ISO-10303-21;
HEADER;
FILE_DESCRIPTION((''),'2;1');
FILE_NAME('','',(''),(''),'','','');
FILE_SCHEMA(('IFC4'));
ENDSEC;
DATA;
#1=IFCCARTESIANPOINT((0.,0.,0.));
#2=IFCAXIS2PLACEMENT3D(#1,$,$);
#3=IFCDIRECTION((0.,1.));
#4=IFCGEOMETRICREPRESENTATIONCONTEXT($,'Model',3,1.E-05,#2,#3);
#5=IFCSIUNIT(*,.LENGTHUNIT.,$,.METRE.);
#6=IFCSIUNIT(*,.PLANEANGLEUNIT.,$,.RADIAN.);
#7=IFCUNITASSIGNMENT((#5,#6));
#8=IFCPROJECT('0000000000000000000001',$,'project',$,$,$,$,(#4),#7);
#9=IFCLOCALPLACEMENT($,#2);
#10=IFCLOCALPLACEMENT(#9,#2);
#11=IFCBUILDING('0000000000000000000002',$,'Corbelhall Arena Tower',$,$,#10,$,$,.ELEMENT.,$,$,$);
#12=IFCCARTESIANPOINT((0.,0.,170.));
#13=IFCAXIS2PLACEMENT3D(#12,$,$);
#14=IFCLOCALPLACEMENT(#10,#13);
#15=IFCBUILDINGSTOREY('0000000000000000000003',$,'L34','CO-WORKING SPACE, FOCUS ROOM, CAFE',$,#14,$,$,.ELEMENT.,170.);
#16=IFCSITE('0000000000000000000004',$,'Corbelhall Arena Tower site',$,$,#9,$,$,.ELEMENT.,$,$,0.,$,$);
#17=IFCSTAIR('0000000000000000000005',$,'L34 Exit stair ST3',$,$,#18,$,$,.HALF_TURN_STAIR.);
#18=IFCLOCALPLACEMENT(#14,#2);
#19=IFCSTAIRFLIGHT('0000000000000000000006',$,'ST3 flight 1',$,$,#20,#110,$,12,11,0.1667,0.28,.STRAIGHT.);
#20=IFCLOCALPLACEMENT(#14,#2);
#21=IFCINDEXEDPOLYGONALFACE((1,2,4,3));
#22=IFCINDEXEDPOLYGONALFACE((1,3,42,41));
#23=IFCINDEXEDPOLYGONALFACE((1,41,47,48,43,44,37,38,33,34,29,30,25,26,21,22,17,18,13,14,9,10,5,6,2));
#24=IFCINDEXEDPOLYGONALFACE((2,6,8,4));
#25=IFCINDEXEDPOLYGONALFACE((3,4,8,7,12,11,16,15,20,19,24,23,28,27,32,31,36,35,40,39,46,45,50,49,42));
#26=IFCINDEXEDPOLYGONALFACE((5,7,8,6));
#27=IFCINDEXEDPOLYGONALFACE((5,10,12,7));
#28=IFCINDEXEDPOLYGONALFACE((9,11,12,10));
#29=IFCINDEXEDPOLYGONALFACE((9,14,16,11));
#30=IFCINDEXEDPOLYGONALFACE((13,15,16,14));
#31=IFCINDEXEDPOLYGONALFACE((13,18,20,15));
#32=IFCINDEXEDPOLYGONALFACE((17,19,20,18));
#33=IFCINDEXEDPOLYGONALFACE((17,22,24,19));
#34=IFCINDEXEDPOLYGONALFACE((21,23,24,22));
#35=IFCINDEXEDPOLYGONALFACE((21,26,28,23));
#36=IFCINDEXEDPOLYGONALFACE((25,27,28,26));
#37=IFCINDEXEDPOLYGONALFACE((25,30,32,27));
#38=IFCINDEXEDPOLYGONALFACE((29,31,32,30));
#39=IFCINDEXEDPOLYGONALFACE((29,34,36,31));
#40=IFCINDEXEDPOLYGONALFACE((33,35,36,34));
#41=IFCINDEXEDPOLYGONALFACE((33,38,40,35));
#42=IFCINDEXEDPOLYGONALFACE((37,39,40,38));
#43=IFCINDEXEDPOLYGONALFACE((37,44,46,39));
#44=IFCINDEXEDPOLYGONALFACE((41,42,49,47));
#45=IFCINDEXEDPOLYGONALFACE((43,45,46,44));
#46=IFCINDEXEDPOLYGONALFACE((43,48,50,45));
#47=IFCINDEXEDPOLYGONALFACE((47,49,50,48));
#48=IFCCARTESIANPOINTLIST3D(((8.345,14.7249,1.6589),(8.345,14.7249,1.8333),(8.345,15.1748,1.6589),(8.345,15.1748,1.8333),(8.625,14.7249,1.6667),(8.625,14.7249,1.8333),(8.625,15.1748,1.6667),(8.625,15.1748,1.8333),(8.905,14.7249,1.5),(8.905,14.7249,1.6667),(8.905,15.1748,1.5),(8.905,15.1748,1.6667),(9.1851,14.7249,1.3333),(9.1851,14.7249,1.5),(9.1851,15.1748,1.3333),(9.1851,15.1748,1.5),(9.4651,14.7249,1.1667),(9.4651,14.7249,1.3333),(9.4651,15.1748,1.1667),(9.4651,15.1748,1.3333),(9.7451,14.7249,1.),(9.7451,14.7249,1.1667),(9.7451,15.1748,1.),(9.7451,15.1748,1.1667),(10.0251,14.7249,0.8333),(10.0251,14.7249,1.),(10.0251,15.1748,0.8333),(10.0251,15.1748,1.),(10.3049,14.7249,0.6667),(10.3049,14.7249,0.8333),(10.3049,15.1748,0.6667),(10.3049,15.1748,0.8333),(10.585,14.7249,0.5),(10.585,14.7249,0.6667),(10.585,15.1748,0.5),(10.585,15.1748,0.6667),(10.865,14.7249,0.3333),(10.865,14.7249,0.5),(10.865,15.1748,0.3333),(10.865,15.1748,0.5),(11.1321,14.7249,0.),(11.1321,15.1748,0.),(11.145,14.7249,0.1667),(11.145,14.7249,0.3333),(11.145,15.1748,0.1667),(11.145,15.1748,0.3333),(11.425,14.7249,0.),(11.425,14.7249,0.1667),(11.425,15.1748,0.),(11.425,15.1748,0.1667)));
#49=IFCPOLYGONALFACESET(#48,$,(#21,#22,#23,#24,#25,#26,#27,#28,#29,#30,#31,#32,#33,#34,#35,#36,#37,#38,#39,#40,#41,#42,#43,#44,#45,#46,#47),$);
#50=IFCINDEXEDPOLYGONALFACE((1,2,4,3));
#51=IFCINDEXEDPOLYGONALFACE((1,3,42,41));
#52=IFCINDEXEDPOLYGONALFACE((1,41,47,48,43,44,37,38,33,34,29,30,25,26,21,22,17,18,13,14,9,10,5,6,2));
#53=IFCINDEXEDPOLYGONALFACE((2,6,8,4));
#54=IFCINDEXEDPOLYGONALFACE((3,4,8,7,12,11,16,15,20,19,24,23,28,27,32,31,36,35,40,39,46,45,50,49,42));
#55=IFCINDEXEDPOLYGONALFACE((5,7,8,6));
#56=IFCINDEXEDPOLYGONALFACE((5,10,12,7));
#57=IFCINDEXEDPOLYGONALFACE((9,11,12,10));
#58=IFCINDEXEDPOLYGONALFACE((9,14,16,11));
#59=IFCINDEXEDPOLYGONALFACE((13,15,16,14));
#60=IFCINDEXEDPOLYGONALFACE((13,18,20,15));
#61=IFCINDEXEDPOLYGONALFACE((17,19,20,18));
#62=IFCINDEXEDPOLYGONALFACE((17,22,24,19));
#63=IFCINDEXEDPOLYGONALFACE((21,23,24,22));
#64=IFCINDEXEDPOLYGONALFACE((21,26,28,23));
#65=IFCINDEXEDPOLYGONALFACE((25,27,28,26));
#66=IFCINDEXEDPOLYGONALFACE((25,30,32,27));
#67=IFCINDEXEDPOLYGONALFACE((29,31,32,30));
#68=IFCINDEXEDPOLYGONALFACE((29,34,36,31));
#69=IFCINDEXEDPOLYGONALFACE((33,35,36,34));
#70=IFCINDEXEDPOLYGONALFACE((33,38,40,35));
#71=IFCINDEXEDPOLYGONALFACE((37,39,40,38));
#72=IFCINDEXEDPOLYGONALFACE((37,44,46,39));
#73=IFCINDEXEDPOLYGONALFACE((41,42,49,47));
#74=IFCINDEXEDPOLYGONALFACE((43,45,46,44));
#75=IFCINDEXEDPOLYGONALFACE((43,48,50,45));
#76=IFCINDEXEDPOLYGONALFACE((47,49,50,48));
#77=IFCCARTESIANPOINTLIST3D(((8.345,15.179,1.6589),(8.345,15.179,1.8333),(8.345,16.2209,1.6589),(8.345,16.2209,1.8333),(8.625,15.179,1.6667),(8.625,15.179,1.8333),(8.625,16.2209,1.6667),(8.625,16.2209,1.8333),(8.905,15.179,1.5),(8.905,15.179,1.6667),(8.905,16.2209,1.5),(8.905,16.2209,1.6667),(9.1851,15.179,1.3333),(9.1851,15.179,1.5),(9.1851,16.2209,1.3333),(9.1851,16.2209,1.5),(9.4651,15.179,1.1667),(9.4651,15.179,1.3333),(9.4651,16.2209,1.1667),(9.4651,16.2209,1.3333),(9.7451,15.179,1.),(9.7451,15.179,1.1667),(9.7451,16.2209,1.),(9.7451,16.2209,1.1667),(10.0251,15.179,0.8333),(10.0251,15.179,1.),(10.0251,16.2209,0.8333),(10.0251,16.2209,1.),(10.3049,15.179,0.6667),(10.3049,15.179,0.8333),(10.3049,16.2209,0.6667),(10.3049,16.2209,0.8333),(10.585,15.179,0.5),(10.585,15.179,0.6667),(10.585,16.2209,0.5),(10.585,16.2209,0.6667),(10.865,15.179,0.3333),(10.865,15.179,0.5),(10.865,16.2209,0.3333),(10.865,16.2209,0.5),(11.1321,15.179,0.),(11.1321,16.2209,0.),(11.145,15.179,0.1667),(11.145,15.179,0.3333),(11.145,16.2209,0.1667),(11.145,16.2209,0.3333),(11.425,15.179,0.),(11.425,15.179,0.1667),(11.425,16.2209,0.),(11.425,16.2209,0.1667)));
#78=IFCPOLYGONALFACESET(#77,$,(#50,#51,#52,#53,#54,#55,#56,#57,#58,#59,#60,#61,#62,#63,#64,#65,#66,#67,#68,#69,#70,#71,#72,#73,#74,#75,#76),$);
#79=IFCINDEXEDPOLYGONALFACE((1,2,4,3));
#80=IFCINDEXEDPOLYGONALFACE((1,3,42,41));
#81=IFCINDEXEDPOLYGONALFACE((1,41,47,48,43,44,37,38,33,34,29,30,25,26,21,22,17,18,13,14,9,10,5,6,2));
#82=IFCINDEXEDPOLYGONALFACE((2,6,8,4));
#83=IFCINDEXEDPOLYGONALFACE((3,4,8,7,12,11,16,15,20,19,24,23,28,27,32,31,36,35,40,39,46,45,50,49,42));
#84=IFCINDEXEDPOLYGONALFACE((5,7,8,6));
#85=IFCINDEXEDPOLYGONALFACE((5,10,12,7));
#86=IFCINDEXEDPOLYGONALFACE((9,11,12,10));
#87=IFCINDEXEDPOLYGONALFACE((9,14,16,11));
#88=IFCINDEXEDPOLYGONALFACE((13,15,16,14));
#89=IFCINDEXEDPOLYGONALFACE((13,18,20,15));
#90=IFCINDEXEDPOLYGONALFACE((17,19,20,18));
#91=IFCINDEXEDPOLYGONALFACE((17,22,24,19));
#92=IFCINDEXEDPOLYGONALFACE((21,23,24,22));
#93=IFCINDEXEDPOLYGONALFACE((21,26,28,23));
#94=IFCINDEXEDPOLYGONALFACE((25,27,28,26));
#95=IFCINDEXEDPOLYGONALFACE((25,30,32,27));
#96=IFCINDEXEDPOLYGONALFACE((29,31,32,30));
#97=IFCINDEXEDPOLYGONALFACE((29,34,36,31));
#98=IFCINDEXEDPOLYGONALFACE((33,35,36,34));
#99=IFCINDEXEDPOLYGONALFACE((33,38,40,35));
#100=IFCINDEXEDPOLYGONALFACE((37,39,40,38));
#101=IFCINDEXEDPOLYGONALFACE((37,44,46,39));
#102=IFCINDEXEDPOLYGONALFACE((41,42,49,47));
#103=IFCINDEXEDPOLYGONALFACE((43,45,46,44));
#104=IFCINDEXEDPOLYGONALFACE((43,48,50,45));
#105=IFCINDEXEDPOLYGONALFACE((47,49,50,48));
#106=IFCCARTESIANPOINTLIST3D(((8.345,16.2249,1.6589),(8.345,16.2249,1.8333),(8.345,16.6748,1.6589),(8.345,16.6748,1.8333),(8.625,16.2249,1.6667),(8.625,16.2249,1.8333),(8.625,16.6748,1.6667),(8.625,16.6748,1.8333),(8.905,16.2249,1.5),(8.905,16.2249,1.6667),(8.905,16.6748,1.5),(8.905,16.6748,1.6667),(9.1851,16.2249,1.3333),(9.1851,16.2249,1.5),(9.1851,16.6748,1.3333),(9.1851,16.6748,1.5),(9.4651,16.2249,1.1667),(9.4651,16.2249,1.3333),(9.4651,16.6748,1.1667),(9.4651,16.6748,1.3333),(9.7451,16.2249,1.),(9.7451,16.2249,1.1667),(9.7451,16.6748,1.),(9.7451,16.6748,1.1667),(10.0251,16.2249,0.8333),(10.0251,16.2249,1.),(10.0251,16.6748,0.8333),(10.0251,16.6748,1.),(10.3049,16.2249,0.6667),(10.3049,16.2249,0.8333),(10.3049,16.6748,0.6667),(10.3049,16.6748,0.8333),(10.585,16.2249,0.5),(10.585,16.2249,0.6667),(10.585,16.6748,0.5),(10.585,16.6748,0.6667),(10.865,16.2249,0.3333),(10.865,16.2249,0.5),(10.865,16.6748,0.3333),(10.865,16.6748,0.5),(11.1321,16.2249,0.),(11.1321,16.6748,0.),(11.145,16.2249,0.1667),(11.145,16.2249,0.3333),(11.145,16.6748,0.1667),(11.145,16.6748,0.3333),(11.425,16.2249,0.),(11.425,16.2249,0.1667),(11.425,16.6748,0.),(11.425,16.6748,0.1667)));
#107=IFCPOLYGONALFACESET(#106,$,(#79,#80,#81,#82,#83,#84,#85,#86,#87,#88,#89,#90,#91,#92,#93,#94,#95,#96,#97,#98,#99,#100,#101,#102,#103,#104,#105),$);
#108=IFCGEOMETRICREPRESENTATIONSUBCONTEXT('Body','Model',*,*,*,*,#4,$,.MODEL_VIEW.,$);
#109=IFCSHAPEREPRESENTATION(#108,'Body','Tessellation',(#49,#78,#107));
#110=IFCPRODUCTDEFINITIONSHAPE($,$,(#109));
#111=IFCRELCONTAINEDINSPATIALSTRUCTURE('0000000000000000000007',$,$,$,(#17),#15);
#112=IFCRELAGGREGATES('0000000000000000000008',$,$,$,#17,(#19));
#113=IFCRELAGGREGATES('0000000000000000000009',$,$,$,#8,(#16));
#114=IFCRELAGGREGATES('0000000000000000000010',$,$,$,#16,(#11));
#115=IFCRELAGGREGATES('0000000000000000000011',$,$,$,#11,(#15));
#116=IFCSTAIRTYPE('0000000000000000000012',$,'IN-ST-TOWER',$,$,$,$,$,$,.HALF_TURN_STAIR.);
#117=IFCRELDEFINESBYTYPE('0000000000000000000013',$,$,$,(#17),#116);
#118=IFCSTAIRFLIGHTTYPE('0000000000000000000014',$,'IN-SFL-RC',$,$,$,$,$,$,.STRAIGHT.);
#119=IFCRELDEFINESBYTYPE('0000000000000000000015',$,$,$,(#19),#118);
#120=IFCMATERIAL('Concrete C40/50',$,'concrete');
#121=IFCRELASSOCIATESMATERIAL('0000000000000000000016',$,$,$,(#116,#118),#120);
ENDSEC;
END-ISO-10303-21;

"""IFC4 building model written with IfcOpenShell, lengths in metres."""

from ifc_helpers import new_model, si_unit, direction, frame, origin, place, context, subcontext, project, spatial, polyline, outline, extrude, material, type_object, element, aggregate, save


model = new_model("IFC4")

# Units and contexts
model_context = context("Model", 3, precision=1e-05, world=origin(), true_north=direction((0.0, 1.0)))
body_context = subcontext(model_context, "Body", "Model", "MODEL_VIEW")
ifc_project = project(units=[si_unit("LENGTHUNIT", "METRE"), si_unit("PLANEANGLEUNIT", "RADIAN")], contexts=[model_context])

# Site, building, storey
site_placement = place(None, origin())
site = spatial("IfcSite", under=ifc_project, at=site_placement, Name="Corbelhall Arena Tower site", CompositionType="ELEMENT", RefElevation=0.0)
building_placement = place(site_placement, origin())
building = spatial("IfcBuilding", under=site, at=building_placement, Name="Corbelhall Arena Tower", CompositionType="ELEMENT")
storey_placement = place(building_placement, frame((0.0, 0.0, 170.0)))
storey = spatial("IfcBuildingStorey", under=building, at=storey_placement, Name="L34", Description="CO-WORKING SPACE, FOCUS ROOM, CAFE", CompositionType="ELEMENT", Elevation=170.0)

# Shared definitions
ifc_material_1 = material(Name="Concrete C40/50", Category="concrete")

# Stair, stair flight
stair_type = type_object("IfcStairType", Name="IN-ST-TOWER", PredefinedType="HALF_TURN_STAIR", material=ifc_material_1)
stair_placement = place(storey_placement, origin())
stair = element("IfcStair", 1, at=stair_placement, inside=storey, type_object=stair_type, Name="L34 Exit stair ST3", PredefinedType="HALF_TURN_STAIR")
stair_flight_type = type_object("IfcStairFlightType", Name="IN-SFL-RC", PredefinedType="STRAIGHT", material=ifc_material_1)
stair_flight_1_placement = place(storey_placement, frame((11.425, 15.7, 0.0), z_axis=(0.0, 0.0, 1.0), x_axis=(-1.0, 0.0, 0.0)))
stair_flight_1 = element("IfcStairFlight", 2, at=stair_flight_1_placement, type_object=stair_flight_type, Name="ST3 flight 1", NumberOfRisers=12, NumberOfTreads=11, PredefinedType="STRAIGHT", RiserHeight=0.1667, TreadLength=0.28, context=body_context, shape_type="SweptSolid", body=[
    extrude(outline(polyline([(0.0, 0.0), (0.0, 0.1667), (0.28, 0.1667), (0.28, 0.3333), (0.5601, 0.3333), (0.5601, 0.5), (0.8401, 0.5), (0.8401, 0.6667), (1.1201, 0.6667), (1.1201, 0.8333), (1.3999, 0.8333), (1.3999, 1.0), (1.6799, 1.0), (1.6799, 1.1667), (1.96, 1.1667), (1.96, 1.3333), (2.24, 1.3333), (2.24, 1.5), (2.52, 1.5), (2.52, 1.6667), (2.8, 1.6667), (2.8, 1.8333), (3.0801, 1.8333), (3.0801, 2.0), (3.0801, 1.6589), (0.293, 0.0), (0.0, 0.0)])), frame((0.0, 0.9751, 0.0), z_axis=(0.0, -1.0, 0.0), x_axis=(1.0, 0.0, 0.0)), (0.0, 0.0, 1.0), 0.45),
    extrude(outline(polyline([(0.0, 0.0), (0.0, 0.1667), (0.28, 0.1667), (0.28, 0.3333), (0.5601, 0.3333), (0.5601, 0.5), (0.8401, 0.5), (0.8401, 0.6667), (1.1201, 0.6667), (1.1201, 0.8333), (1.3999, 0.8333), (1.3999, 1.0), (1.6799, 1.0), (1.6799, 1.1667), (1.96, 1.1667), (1.96, 1.3333), (2.24, 1.3333), (2.24, 1.5), (2.52, 1.5), (2.52, 1.6667), (2.8, 1.6667), (2.8, 1.8333), (3.0801, 1.8333), (3.0801, 2.0), (3.0801, 1.6589), (0.293, 0.0), (0.0, 0.0)])), frame((0.0, 0.521, 0.0), z_axis=(0.0, -1.0, 0.0), x_axis=(1.0, 0.0, 0.0)), (0.0, 0.0, 1.0), 1.042),
    extrude(outline(polyline([(0.0, 0.0), (0.0, 0.1667), (0.28, 0.1667), (0.28, 0.3333), (0.5601, 0.3333), (0.5601, 0.5), (0.8401, 0.5), (0.8401, 0.6667), (1.1201, 0.6667), (1.1201, 0.8333), (1.3999, 0.8333), (1.3999, 1.0), (1.6799, 1.0), (1.6799, 1.1667), (1.96, 1.1667), (1.96, 1.3333), (2.24, 1.3333), (2.24, 1.5), (2.52, 1.5), (2.52, 1.6667), (2.8, 1.6667), (2.8, 1.8333), (3.0801, 1.8333), (3.0801, 2.0), (3.0801, 1.6589), (0.293, 0.0), (0.0, 0.0)])), frame((0.0, -0.5249, 0.0), z_axis=(0.0, -1.0, 0.0), x_axis=(1.0, 0.0, 0.0)), (0.0, 0.0, 1.0), 0.45),
])
aggregate(stair, [stair_flight_1])

save(model, "model.ifc")
